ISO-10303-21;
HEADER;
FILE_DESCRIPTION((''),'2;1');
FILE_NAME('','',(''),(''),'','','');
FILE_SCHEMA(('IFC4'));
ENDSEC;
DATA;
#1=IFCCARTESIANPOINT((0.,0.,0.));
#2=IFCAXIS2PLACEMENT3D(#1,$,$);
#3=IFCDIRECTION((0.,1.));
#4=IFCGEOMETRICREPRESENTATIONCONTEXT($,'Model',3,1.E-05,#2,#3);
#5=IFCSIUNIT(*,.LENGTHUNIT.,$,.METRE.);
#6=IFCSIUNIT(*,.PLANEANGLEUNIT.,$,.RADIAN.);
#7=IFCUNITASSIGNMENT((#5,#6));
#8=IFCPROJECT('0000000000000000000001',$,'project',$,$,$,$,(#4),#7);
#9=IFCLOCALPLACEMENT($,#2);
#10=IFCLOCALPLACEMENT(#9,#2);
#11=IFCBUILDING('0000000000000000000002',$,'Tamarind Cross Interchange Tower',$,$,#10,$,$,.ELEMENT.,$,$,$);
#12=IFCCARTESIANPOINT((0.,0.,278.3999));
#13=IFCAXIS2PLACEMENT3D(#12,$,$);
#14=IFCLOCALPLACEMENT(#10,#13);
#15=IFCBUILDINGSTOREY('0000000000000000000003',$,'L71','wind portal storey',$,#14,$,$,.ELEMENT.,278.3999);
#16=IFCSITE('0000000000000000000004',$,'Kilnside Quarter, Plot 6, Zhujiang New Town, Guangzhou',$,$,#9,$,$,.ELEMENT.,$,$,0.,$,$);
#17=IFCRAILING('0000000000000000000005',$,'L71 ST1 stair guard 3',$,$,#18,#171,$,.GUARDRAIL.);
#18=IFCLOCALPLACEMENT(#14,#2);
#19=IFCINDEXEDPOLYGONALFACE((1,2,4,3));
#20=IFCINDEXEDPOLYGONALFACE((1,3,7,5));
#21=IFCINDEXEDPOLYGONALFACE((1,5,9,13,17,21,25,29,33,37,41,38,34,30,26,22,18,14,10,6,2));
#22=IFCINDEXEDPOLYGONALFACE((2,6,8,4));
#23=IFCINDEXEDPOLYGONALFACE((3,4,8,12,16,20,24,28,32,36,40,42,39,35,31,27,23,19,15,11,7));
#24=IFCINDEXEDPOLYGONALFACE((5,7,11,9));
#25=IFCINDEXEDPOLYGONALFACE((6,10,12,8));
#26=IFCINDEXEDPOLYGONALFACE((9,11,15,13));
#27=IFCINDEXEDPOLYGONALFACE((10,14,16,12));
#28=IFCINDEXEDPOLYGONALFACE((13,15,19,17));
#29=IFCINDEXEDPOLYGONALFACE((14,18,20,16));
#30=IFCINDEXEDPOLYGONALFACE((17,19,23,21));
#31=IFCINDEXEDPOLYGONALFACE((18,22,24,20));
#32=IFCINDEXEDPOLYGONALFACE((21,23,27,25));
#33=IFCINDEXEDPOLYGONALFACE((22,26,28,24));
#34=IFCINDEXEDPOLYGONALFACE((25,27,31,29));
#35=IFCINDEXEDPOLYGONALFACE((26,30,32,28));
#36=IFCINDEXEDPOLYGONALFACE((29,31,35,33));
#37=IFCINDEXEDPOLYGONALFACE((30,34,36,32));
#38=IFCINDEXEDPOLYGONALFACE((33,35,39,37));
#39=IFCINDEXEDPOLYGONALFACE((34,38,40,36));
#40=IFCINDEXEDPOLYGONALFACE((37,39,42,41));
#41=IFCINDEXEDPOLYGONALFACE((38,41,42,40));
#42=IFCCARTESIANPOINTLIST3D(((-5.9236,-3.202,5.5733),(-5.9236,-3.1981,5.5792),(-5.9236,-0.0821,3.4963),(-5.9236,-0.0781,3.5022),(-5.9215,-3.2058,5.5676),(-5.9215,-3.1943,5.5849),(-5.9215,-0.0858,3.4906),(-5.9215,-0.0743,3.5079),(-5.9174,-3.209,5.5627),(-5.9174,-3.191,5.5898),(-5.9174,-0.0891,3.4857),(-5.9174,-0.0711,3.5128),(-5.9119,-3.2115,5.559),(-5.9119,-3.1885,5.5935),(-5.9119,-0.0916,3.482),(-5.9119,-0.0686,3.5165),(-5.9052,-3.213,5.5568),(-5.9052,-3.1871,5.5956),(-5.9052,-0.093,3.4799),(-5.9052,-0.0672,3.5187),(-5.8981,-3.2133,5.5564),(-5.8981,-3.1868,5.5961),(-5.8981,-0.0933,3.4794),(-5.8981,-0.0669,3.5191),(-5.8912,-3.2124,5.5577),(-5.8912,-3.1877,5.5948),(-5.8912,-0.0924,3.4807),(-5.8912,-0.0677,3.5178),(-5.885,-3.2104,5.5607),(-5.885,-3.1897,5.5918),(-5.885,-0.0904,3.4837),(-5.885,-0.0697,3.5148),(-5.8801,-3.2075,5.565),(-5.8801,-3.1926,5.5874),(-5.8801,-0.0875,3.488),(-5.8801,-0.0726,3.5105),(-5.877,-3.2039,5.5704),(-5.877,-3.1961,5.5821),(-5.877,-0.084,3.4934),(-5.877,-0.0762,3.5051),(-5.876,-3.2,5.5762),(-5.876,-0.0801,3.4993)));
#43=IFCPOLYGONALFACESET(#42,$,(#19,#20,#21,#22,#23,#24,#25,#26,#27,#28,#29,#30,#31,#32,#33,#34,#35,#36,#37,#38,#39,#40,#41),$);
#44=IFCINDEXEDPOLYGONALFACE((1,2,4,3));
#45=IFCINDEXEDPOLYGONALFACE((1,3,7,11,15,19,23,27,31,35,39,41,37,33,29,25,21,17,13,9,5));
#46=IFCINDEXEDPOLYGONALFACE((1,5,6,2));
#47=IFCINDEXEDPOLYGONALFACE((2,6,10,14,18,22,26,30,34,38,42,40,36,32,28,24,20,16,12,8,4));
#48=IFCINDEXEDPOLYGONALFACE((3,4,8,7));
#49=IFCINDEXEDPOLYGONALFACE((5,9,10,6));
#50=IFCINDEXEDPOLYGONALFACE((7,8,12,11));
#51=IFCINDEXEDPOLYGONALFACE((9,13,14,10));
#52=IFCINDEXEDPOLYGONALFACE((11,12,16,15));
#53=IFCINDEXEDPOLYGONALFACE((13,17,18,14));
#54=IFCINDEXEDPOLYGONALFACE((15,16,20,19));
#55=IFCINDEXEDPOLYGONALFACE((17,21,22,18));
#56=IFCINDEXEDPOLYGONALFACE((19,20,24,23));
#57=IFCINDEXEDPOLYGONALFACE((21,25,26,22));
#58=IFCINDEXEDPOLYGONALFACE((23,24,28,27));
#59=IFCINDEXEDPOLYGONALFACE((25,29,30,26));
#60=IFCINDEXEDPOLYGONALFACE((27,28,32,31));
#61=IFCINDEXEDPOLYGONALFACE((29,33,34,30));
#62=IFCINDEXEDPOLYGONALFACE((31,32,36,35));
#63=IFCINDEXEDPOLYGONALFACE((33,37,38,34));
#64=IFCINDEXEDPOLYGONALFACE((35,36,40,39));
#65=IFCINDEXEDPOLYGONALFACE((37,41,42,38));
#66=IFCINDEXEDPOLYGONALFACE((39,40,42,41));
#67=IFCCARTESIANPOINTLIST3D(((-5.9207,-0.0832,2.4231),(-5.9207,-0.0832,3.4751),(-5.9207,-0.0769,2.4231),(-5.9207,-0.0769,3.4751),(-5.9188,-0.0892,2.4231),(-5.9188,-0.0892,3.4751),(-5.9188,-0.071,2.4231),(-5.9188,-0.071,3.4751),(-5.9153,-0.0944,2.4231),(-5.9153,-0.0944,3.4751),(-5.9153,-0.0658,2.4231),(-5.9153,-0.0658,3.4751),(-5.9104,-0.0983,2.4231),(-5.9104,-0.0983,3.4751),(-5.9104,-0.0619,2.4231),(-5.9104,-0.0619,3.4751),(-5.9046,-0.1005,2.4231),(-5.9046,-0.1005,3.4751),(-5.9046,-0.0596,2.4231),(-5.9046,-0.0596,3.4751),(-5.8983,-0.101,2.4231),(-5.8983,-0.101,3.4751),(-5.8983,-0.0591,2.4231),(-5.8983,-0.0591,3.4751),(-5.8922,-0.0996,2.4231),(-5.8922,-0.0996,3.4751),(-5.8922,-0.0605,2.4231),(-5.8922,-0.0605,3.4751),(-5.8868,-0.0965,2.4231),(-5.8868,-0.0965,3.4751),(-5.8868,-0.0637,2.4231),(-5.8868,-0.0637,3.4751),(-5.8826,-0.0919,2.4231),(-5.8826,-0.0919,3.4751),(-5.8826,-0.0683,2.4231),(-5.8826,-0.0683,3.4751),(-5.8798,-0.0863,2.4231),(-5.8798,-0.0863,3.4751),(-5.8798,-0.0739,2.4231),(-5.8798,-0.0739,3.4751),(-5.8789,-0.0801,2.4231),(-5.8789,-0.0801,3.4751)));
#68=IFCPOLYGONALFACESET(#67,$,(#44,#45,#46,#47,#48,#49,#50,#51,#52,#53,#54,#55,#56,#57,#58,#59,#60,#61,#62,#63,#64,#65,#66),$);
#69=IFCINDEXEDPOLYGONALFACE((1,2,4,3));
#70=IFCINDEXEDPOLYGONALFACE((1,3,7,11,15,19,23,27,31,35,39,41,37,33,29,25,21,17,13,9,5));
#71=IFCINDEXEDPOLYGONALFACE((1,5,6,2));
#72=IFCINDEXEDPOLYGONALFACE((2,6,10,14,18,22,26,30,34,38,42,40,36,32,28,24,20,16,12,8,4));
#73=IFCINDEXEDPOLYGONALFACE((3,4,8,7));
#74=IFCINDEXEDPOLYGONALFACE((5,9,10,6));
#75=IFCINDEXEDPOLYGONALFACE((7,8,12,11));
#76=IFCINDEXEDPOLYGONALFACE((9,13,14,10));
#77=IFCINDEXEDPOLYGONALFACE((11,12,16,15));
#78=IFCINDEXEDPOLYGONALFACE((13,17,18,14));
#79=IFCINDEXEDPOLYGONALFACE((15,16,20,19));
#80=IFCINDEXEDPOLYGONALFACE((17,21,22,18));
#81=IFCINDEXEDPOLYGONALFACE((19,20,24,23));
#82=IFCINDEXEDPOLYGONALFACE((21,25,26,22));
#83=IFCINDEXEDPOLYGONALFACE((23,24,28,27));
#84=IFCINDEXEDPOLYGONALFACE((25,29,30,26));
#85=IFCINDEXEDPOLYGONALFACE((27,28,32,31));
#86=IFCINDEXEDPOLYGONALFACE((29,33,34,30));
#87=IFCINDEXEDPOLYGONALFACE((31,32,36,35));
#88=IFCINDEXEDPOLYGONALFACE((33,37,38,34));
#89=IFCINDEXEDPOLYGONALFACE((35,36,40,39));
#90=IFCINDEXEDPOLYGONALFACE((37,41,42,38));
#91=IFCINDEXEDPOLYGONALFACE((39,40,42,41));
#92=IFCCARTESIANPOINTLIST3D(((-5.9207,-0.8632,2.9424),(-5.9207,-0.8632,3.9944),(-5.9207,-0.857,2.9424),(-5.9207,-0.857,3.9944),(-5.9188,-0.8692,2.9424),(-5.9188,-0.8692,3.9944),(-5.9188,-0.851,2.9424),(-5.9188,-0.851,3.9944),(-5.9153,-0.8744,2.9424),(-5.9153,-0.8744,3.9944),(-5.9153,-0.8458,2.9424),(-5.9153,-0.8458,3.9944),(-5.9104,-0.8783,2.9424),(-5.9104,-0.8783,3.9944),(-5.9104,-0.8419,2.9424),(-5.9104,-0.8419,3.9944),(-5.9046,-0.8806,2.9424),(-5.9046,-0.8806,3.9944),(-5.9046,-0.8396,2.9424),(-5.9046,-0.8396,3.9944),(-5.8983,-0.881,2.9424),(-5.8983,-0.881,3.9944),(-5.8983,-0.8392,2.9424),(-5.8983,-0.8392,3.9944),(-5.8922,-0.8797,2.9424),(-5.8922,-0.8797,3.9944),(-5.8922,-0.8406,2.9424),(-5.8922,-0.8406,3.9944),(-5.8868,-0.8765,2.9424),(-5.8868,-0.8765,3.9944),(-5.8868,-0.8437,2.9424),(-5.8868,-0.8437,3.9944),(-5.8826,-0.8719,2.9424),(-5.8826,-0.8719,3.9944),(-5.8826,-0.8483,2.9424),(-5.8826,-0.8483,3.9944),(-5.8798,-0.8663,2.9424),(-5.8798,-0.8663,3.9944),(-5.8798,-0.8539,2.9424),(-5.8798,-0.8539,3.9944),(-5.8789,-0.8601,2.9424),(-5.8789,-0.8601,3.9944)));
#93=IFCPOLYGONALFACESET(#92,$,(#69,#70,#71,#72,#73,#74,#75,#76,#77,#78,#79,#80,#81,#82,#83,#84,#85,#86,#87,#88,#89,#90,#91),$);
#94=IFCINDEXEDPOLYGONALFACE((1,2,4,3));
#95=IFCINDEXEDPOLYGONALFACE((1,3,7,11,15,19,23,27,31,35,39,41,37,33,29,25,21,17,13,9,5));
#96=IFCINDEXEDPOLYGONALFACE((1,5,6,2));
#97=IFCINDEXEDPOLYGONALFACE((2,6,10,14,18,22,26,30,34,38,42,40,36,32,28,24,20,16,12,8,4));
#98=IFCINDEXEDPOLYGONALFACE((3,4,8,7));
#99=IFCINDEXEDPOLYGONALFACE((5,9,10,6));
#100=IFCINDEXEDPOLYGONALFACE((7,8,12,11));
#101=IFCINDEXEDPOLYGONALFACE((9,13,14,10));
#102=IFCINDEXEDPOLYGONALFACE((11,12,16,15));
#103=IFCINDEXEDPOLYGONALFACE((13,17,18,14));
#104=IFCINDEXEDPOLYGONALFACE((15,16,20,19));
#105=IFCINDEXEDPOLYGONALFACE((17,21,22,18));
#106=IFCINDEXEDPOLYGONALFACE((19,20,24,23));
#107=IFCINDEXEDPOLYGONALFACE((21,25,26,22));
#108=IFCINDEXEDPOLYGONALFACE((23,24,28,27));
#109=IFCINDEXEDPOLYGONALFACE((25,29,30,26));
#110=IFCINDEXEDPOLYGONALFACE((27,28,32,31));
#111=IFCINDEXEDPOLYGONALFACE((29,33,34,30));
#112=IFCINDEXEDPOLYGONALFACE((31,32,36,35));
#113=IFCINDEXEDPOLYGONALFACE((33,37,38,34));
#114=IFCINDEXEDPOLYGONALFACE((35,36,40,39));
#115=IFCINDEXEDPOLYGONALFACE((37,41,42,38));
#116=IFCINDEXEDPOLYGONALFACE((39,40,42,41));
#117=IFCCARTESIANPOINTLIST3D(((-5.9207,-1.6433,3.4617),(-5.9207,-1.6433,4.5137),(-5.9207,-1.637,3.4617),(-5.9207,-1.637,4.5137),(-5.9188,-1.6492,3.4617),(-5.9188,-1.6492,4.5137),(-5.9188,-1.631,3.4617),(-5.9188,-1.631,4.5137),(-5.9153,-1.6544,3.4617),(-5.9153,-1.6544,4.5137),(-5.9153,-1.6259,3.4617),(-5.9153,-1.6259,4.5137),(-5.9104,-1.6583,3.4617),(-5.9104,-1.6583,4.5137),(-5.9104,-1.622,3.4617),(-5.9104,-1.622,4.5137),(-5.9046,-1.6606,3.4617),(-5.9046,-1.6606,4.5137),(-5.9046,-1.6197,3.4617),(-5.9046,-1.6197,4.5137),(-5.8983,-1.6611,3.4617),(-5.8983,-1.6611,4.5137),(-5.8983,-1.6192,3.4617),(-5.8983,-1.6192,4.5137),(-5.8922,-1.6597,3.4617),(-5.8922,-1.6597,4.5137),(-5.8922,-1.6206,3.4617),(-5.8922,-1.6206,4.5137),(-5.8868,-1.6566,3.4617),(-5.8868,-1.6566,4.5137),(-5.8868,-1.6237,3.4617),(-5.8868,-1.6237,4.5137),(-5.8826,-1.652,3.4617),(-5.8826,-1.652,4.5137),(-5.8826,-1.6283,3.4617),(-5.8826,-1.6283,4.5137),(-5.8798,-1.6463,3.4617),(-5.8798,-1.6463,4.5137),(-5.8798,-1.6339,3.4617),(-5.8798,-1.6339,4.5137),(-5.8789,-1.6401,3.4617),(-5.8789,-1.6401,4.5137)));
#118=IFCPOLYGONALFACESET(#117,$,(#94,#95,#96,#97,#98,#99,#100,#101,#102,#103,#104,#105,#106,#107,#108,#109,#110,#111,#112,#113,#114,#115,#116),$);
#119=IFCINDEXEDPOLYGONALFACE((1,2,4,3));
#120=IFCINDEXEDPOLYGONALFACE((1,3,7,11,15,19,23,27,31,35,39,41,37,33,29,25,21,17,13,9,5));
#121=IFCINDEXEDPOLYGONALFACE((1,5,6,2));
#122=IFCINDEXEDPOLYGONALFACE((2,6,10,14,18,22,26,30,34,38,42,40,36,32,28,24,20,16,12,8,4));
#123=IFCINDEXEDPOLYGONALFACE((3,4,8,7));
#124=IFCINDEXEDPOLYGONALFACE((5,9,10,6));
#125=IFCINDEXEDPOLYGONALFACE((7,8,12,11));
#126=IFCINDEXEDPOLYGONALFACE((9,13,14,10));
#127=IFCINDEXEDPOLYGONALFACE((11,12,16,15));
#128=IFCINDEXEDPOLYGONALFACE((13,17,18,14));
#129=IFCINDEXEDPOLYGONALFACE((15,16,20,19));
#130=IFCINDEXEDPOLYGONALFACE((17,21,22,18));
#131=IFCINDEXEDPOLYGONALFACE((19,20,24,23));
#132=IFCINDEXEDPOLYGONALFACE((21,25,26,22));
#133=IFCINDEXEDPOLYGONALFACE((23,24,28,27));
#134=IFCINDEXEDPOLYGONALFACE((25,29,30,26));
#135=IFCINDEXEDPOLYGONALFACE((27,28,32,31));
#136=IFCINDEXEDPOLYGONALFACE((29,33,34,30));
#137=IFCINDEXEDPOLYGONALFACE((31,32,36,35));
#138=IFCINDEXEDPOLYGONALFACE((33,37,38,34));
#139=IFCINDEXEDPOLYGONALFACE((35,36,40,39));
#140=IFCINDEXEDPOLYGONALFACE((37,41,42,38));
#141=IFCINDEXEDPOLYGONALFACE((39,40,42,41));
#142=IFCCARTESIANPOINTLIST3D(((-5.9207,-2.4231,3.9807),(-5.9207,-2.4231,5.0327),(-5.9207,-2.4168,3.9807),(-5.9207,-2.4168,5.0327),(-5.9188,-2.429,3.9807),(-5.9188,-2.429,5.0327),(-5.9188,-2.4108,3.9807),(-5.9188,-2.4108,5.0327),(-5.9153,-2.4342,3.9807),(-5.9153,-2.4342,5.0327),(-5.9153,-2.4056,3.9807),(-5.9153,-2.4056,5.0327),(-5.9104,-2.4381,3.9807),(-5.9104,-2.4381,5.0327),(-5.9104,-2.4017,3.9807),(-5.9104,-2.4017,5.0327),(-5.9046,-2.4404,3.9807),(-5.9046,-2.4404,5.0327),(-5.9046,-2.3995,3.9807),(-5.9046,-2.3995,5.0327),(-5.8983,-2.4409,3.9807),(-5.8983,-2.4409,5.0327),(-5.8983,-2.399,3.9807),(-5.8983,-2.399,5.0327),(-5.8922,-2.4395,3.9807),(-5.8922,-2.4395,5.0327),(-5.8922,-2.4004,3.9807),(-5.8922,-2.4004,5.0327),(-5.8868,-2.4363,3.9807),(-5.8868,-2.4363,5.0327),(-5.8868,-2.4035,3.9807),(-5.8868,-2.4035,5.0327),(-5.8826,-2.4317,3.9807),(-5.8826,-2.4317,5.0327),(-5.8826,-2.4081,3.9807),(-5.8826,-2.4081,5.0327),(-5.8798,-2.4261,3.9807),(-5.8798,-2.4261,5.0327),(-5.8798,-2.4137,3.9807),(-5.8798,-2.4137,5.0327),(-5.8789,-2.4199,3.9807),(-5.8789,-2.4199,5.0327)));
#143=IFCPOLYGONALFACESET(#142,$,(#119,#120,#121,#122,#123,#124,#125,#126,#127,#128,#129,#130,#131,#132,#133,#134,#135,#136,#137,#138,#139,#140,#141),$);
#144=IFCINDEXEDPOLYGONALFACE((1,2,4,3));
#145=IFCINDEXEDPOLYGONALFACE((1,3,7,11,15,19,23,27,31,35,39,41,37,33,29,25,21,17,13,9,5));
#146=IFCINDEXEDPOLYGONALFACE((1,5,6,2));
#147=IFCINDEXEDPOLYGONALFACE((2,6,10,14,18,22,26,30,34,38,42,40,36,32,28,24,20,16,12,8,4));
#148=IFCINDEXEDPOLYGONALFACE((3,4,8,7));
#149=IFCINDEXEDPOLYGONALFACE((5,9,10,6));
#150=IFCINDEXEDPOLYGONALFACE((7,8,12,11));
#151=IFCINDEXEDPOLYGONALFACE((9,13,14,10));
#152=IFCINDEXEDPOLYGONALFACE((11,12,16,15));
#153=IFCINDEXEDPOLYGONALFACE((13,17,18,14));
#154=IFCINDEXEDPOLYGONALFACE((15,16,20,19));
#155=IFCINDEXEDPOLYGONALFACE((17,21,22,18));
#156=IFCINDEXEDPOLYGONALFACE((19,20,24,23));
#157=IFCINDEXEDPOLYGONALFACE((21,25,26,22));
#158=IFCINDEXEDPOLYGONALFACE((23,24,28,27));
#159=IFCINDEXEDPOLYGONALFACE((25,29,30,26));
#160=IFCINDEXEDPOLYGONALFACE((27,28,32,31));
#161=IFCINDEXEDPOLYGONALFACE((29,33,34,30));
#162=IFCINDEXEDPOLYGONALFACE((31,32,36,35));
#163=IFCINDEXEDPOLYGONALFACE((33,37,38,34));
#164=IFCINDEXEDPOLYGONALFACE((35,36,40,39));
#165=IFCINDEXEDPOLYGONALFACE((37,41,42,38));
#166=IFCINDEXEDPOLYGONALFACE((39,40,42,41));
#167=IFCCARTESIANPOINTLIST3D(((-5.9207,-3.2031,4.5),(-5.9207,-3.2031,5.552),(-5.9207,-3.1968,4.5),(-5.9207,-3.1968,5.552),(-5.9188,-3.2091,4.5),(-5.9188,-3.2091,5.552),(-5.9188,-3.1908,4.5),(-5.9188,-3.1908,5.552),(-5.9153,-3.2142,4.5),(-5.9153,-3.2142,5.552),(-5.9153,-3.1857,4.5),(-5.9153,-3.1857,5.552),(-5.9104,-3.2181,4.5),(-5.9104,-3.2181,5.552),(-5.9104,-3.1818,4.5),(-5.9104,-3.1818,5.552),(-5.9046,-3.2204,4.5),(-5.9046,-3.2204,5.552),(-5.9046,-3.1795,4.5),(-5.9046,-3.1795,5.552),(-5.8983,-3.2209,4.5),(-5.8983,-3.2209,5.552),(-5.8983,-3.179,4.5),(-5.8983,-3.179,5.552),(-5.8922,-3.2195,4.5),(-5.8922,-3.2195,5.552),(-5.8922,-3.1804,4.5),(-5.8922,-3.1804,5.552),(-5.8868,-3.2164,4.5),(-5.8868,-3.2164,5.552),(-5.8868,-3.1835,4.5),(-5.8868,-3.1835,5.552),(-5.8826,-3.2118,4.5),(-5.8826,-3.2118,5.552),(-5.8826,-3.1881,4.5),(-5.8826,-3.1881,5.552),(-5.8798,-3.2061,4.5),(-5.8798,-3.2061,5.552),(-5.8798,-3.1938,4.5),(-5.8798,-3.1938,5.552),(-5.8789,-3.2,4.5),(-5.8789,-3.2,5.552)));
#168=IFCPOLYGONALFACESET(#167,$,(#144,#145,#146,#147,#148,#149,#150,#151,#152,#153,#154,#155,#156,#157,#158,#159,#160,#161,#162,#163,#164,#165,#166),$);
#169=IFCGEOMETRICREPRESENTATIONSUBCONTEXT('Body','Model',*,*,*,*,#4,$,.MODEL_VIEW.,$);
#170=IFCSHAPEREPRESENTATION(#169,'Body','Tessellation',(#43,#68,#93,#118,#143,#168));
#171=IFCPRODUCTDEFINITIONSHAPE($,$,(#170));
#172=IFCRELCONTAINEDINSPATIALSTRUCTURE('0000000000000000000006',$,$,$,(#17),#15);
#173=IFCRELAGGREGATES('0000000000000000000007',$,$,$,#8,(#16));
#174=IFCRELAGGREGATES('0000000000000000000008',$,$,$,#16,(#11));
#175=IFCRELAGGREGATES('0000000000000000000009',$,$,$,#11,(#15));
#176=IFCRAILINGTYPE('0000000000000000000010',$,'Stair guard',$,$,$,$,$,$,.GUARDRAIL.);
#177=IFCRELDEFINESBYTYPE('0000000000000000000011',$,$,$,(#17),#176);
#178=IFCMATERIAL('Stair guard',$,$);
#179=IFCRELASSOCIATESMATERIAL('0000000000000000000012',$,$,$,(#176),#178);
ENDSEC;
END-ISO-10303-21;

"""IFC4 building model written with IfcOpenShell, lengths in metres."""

from ifc_helpers import new_model, si_unit, direction, frame, origin, origin_2d, place, context, subcontext, project, spatial, circle, extrude, material, type_object, element, save


model = new_model("IFC4")

# Units and contexts
model_context = context("Model", 3, precision=1e-05, world=origin(), true_north=direction((0.0, 1.0)))
body_context = subcontext(model_context, "Body", "Model", "MODEL_VIEW")
ifc_project = project(units=[si_unit("LENGTHUNIT", "METRE"), si_unit("PLANEANGLEUNIT", "RADIAN")], contexts=[model_context])

# Site, building, storey
site_placement = place(None, origin())
site = spatial("IfcSite", under=ifc_project, at=site_placement, Name="Kilnside Quarter, Plot 6, Zhujiang New Town, Guangzhou", CompositionType="ELEMENT", RefElevation=0.0)
building_placement = place(site_placement, origin())
building = spatial("IfcBuilding", under=site, at=building_placement, Name="Tamarind Cross Interchange Tower", CompositionType="ELEMENT")
storey_placement = place(building_placement, frame((0.0, 0.0, 278.3999)))
storey = spatial("IfcBuildingStorey", under=building, at=storey_placement, Name="L71", Description="wind portal storey", CompositionType="ELEMENT", Elevation=278.3999)

# Railing
ifc_material_1 = material(Name="Stair guard")
railing_type_1 = type_object("IfcRailingType", Name="Stair guard", PredefinedType="GUARDRAIL", material=ifc_material_1)
railing_1_placement = place(storey_placement, frame((-5.8999, -0.0801, 2.4231)))
element("IfcRailing", 1, at=railing_1_placement, inside=storey, type_object=railing_type_1, Name="L71 ST1 stair guard 3", PredefinedType="GUARDRAIL", context=body_context, shape_type="SweptSolid", body=[
    extrude(circle(Radius=0.0239, at=origin_2d()), frame((0.0, 0.0, 1.0762), z_axis=(0.0, -0.832421, 0.554144), x_axis=(1.0, 0.0, 0.0)), (0.0, 0.0, 1.0), 3.748),
    extrude(circle(Radius=0.021, at=origin_2d()), origin(), (0.0, 0.0, 1.0), 1.052),
    extrude(circle(Radius=0.021, at=origin_2d()), frame((0.0, -0.78, 0.5193)), (0.0, 0.0, 1.0), 1.052),
    extrude(circle(Radius=0.021, at=origin_2d()), frame((0.0, -1.5601, 1.0386)), (0.0, 0.0, 1.0), 1.052),
    extrude(circle(Radius=0.021, at=origin_2d()), frame((0.0, -2.3398, 1.5576)), (0.0, 0.0, 1.0), 1.052),
    extrude(circle(Radius=0.021, at=origin_2d()), frame((0.0, -3.1199, 2.0769)), (0.0, 0.0, 1.0), 1.052),
])

save(model, "model.ifc")
